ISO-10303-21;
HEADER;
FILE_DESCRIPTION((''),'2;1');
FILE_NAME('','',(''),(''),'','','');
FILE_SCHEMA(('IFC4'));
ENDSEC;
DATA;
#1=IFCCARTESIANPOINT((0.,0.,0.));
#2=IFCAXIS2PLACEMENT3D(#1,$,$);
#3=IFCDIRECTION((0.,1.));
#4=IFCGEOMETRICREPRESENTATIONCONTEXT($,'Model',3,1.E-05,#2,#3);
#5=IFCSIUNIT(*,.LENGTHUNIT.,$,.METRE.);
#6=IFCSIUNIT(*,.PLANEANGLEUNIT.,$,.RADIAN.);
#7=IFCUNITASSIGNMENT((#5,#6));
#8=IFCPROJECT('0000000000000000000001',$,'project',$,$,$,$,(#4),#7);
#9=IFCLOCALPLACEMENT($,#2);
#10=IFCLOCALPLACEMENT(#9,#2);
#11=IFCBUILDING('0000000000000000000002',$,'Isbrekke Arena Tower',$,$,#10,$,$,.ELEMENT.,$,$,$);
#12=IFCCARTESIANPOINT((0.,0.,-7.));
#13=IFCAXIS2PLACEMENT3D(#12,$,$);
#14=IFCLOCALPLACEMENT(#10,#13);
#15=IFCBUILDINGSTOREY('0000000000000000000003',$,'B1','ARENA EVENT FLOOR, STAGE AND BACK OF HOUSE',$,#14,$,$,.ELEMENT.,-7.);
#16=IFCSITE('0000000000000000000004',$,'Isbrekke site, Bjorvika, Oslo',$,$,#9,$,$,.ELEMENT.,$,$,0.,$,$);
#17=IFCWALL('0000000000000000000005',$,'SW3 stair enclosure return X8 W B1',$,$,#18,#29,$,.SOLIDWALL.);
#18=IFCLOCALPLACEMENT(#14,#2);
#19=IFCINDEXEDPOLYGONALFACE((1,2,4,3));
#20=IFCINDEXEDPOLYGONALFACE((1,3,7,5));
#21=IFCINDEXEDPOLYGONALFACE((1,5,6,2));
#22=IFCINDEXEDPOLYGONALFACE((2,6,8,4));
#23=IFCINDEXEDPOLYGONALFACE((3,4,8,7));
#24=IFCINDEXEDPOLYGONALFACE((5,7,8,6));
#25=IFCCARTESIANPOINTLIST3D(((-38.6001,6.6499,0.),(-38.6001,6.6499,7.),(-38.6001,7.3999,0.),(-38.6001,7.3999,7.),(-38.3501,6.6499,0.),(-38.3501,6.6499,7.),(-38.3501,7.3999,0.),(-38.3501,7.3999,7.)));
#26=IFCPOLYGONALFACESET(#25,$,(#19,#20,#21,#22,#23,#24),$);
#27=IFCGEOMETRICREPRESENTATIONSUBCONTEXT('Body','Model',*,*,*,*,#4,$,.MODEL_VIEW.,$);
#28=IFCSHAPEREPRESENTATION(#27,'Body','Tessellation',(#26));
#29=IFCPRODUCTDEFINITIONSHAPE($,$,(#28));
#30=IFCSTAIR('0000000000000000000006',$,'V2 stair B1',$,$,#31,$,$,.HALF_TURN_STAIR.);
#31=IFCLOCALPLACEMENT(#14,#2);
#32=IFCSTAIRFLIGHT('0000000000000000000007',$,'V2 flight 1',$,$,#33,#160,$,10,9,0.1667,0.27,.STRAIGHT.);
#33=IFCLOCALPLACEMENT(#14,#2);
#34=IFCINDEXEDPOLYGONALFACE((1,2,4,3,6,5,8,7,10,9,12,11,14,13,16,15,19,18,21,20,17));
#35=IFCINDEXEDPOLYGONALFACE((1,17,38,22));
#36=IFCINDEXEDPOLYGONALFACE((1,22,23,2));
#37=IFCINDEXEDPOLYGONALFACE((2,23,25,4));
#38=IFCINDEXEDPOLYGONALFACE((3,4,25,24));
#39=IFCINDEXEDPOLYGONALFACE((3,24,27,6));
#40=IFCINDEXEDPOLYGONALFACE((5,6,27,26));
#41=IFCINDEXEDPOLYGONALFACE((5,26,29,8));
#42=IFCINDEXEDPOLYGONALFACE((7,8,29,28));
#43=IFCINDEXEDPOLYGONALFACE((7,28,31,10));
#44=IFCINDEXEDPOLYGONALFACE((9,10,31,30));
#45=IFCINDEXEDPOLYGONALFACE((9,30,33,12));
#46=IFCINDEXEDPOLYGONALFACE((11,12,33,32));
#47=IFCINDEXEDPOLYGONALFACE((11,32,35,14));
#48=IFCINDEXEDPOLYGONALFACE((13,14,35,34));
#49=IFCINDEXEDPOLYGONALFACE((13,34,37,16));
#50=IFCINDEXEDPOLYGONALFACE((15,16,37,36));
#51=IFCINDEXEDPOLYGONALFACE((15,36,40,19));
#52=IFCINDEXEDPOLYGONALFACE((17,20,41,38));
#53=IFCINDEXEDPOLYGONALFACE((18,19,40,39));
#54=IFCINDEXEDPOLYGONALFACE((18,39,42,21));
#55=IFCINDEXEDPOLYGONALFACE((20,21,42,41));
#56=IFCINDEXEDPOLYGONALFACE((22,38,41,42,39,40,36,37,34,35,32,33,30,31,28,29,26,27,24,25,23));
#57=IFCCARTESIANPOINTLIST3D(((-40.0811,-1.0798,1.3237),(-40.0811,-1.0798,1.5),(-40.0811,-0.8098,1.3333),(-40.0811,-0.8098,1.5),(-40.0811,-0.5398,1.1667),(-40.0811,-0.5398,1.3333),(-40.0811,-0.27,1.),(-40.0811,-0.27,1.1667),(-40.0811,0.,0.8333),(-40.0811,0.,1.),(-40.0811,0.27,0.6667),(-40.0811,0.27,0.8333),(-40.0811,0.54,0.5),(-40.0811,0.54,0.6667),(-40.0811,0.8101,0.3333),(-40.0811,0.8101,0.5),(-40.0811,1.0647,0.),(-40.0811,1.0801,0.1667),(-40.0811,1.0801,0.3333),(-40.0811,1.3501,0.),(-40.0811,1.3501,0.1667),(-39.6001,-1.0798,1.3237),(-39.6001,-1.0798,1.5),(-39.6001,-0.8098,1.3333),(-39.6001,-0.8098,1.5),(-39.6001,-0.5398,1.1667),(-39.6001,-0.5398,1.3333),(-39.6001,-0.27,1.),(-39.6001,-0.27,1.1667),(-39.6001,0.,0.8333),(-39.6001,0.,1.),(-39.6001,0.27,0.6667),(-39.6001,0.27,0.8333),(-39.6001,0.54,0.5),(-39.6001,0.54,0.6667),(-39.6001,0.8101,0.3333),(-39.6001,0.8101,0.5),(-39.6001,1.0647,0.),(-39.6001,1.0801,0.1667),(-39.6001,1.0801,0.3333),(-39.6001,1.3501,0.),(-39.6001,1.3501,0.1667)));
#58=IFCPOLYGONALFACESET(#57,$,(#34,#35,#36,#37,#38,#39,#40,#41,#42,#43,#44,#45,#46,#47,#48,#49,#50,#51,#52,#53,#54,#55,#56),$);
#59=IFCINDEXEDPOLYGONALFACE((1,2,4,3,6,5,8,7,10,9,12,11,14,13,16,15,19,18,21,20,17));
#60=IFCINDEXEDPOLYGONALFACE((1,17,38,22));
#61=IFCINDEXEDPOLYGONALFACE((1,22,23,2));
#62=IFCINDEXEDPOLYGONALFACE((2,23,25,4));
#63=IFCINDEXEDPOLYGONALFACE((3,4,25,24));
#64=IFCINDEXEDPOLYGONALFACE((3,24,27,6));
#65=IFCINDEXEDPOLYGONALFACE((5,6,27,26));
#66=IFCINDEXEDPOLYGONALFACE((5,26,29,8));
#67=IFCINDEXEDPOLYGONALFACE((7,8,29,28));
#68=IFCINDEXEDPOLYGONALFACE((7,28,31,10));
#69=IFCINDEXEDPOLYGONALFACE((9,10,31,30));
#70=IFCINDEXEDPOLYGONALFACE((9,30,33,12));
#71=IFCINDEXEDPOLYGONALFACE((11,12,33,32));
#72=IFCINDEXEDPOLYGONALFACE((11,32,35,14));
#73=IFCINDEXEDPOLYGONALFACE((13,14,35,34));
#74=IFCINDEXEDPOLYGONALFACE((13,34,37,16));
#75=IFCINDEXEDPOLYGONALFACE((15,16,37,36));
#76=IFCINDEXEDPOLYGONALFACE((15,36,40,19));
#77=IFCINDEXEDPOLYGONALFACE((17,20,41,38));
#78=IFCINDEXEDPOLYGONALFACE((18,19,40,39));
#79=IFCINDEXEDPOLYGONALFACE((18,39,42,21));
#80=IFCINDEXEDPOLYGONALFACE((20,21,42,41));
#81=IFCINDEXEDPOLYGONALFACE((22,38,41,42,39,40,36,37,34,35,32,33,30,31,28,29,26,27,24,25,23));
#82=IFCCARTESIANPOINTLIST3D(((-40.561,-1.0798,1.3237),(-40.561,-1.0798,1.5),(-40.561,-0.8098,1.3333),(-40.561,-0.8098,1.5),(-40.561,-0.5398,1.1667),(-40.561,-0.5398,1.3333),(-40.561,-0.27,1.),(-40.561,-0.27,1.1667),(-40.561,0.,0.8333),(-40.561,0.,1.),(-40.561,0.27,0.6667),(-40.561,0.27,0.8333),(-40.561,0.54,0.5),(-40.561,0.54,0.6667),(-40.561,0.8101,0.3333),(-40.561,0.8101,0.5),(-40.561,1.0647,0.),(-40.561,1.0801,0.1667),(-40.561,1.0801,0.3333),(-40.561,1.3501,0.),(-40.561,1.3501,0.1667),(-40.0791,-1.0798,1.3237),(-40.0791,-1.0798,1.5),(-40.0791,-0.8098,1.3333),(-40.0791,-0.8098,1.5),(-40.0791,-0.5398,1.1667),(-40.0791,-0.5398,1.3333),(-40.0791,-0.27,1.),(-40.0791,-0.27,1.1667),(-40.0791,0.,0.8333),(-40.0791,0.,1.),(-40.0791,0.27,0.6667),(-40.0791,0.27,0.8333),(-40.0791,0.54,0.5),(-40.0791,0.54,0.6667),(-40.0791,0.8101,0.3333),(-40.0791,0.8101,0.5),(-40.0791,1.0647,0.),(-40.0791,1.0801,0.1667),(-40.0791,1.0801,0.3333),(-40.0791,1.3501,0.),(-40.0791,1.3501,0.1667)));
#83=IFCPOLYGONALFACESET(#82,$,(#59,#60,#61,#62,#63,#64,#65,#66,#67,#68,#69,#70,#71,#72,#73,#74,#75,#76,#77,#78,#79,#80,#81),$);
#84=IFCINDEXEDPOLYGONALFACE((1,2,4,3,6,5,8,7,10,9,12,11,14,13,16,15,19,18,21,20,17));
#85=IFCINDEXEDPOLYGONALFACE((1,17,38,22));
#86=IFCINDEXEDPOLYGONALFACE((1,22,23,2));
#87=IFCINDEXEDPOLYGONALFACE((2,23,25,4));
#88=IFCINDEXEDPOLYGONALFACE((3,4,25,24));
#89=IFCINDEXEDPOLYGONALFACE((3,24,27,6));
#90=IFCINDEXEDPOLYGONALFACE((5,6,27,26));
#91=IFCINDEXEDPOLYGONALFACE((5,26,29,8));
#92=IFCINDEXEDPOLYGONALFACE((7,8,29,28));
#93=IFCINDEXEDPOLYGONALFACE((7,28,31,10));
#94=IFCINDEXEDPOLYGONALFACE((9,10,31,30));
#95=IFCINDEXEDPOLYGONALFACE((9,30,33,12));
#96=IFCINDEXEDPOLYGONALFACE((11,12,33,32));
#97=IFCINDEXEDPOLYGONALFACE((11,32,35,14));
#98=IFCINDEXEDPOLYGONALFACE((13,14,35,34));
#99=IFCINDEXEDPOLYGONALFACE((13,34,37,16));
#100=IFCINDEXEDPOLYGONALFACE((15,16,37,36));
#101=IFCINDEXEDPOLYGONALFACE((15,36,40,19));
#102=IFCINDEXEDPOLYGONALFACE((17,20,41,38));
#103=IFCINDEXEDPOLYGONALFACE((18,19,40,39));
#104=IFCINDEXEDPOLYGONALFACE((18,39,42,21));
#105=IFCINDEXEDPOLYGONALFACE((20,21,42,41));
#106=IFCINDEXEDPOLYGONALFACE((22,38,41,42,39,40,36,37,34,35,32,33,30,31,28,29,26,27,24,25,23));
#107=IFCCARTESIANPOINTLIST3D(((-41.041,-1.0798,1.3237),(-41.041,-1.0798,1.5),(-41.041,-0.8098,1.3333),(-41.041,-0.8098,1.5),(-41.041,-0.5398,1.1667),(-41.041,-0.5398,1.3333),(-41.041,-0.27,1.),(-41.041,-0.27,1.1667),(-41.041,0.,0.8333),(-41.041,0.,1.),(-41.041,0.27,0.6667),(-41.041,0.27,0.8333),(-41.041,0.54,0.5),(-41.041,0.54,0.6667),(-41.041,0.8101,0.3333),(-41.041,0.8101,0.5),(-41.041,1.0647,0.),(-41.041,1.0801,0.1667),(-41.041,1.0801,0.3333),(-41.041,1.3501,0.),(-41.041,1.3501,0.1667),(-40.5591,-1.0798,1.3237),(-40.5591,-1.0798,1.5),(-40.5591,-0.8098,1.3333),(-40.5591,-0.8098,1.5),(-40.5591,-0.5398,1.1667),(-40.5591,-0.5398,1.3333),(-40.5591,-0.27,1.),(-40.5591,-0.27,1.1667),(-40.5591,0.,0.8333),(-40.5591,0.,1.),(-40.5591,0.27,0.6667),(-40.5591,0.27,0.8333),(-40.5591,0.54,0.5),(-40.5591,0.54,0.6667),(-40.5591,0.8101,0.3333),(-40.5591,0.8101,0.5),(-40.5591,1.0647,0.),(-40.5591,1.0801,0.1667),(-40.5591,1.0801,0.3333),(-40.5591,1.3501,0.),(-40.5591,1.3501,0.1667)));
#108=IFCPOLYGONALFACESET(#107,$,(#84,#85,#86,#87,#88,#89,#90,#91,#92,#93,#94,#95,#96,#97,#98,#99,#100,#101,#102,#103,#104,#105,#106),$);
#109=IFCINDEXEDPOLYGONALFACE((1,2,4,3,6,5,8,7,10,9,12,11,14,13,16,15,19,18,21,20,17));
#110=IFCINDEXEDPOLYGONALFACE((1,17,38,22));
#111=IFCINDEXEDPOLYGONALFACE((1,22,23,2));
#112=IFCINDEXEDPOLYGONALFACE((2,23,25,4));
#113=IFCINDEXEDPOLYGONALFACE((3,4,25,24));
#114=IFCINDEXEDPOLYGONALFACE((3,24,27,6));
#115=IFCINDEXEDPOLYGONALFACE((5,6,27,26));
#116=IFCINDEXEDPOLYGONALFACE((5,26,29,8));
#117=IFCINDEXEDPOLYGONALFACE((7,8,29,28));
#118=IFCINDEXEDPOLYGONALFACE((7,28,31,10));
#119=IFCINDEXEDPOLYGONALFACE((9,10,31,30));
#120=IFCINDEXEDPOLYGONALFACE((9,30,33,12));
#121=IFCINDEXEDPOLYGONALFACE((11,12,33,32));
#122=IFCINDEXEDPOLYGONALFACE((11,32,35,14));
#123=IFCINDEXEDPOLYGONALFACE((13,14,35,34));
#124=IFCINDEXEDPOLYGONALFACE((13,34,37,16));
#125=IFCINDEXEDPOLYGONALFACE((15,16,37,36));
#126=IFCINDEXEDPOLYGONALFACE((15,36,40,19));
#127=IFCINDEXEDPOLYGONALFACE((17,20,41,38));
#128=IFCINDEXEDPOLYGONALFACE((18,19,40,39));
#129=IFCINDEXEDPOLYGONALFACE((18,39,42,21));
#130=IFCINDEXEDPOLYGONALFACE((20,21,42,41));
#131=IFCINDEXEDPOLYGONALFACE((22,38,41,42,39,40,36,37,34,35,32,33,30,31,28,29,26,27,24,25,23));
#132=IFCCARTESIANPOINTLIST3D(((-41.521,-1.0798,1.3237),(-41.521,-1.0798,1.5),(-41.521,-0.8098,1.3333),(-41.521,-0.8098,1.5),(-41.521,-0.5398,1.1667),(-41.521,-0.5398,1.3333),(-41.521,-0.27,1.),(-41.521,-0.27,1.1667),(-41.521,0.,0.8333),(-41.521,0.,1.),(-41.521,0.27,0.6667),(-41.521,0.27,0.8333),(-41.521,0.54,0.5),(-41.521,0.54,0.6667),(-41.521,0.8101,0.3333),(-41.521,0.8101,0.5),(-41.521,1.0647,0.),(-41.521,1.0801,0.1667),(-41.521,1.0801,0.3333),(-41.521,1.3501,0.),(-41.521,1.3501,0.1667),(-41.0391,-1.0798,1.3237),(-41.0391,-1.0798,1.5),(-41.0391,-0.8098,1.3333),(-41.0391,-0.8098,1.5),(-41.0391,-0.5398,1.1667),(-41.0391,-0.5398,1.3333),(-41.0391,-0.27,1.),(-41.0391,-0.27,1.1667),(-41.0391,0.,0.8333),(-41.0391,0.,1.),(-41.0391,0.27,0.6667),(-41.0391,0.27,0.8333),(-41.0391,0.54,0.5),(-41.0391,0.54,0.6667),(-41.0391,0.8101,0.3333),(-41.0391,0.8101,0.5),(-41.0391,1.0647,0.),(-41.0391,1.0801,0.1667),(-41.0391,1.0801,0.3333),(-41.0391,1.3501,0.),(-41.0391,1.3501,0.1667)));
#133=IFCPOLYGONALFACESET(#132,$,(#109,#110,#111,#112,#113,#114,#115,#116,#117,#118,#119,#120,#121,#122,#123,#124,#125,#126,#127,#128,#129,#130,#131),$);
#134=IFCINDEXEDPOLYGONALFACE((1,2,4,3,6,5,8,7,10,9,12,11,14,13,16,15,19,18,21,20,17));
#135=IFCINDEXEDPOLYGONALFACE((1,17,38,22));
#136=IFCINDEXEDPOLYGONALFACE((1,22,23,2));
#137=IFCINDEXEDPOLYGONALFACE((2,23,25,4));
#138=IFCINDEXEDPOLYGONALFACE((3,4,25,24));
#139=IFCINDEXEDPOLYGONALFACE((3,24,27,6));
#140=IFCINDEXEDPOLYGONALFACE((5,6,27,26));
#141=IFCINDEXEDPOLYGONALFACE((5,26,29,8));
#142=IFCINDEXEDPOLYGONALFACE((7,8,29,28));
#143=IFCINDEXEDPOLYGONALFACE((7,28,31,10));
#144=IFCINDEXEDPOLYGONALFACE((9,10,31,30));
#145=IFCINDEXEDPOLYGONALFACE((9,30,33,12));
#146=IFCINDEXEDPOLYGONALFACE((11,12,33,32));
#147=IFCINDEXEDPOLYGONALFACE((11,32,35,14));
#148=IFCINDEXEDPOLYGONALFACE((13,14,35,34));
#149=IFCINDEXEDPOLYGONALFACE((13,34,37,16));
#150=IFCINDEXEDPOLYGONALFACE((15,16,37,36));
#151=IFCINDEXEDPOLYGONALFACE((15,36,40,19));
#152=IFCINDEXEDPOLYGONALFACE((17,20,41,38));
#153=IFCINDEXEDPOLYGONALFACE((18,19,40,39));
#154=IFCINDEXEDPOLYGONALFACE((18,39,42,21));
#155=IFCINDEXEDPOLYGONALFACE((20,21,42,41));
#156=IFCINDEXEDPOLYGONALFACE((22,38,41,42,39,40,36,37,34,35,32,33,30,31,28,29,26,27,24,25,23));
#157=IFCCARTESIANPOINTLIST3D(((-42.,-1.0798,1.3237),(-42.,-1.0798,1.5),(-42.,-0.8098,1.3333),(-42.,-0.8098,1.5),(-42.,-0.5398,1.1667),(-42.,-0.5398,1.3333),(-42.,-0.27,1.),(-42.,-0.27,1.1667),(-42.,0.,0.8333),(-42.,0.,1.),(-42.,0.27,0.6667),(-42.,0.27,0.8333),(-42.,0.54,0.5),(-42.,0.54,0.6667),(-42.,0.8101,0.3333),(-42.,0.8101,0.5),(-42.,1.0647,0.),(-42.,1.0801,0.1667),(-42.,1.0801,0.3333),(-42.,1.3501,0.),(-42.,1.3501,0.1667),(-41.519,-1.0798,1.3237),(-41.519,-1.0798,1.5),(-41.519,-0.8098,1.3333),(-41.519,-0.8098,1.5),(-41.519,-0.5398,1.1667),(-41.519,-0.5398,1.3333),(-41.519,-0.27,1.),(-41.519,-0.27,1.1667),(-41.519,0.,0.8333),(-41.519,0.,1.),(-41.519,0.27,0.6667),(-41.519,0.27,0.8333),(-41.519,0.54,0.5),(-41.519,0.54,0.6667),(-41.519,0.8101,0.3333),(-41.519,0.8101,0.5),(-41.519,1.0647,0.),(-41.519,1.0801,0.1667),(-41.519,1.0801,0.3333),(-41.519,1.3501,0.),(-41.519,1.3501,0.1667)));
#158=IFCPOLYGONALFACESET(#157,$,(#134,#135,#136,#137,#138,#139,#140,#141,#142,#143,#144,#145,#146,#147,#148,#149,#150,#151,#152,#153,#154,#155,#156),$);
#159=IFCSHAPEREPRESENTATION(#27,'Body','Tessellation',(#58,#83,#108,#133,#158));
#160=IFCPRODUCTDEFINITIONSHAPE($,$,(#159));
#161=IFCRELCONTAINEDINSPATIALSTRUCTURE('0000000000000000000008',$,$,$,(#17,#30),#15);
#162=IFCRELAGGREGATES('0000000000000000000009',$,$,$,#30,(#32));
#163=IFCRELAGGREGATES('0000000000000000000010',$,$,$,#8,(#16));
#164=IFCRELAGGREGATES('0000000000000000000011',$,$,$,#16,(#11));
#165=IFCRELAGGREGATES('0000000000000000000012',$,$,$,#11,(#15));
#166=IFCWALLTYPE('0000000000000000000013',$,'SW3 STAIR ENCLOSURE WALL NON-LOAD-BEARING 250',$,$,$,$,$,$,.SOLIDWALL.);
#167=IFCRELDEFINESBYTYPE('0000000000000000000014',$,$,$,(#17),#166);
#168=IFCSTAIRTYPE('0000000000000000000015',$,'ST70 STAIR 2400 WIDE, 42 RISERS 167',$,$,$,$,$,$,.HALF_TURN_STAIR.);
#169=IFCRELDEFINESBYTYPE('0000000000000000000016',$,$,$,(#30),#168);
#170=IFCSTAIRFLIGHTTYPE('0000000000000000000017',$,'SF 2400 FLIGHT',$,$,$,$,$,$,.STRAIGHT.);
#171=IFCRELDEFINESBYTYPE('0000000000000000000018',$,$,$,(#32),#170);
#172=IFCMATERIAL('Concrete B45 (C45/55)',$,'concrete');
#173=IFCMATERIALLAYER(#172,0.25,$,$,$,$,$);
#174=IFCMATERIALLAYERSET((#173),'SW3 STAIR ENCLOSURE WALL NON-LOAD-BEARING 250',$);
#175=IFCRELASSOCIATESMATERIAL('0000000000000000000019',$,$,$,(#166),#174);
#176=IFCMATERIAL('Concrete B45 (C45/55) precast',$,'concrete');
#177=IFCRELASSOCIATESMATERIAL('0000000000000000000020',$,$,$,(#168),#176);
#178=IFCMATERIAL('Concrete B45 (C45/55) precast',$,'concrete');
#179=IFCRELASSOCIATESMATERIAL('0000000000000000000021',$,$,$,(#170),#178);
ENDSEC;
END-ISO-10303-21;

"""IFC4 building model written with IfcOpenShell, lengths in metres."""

from ifc_helpers import new_model, si_unit, direction, frame, frame_2d, origin, place, context, subcontext, project, spatial, polyline, rectangle, outline, extrude, material, layer, layer_set, type_object, element, aggregate, save


model = new_model("IFC4")

# Units and contexts
model_context = context("Model", 3, precision=1e-05, world=origin(), true_north=direction((0.0, 1.0)))
body_context = subcontext(model_context, "Body", "Model", "MODEL_VIEW")
ifc_project = project(units=[si_unit("LENGTHUNIT", "METRE"), si_unit("PLANEANGLEUNIT", "RADIAN")], contexts=[model_context])

# Site, building, storey
site_placement = place(None, origin())
site = spatial("IfcSite", under=ifc_project, at=site_placement, Name="Isbrekke site, Bjorvika, Oslo", CompositionType="ELEMENT", RefElevation=0.0)
building_placement = place(site_placement, origin())
building = spatial("IfcBuilding", under=site, at=building_placement, Name="Isbrekke Arena Tower", CompositionType="ELEMENT")
storey_placement = place(building_placement, frame((0.0, 0.0, -7.0)))
storey = spatial("IfcBuildingStorey", under=building, at=storey_placement, Name="B1", Description="ARENA EVENT FLOOR, STAGE AND BACK OF HOUSE", CompositionType="ELEMENT", Elevation=-7.0)

# Wall
ifc_material_1 = material(Name="Concrete B45 (C45/55)", Category="concrete")
ifc_layer_1 = layer(ifc_material_1, 0.25)
ifc_layer_set_1 = layer_set([ifc_layer_1], Name="SW3 STAIR ENCLOSURE WALL NON-LOAD-BEARING 250")
wall_type_1 = type_object("IfcWallType", Name="SW3 STAIR ENCLOSURE WALL NON-LOAD-BEARING 250", PredefinedType="SOLIDWALL", material=ifc_layer_set_1)
wall_1_placement = place(storey_placement, frame((-38.4751, 7.3999, 0.0), z_axis=(0.0, 0.0, 1.0), x_axis=(0.0, -1.0, 0.0)))
element("IfcWall", 1, at=wall_1_placement, inside=storey, type_object=wall_type_1, Name="SW3 stair enclosure return X8 W B1", PredefinedType="SOLIDWALL", context=body_context, shape_type="SweptSolid", body=[
    extrude(rectangle(XDim=0.75, YDim=0.25, at=frame_2d((0.375, 0.0))), origin(), (0.0, 0.0, 1.0), 7.0),
])

# Stair, stair flight
ifc_material_2 = material(Name="Concrete B45 (C45/55) precast", Category="concrete")
stair_type = type_object("IfcStairType", Name="ST70 STAIR 2400 WIDE, 42 RISERS 167", PredefinedType="HALF_TURN_STAIR", material=ifc_material_2)
stair_placement = place(storey_placement, origin())
stair = element("IfcStair", 2, at=stair_placement, inside=storey, type_object=stair_type, Name="V2 stair B1", PredefinedType="HALF_TURN_STAIR")
ifc_material_3 = material(Name="Concrete B45 (C45/55) precast", Category="concrete")
stair_flight_type = type_object("IfcStairFlightType", Name="SF 2400 FLIGHT", PredefinedType="STRAIGHT", material=ifc_material_3)
stair_flight_1_placement = place(storey_placement, frame((-40.8, 1.3501, 0.0), z_axis=(0.0, 0.0, 1.0), x_axis=(0.0, -1.0, 0.0)))
stair_flight_1 = element("IfcStairFlight", 3, at=stair_flight_1_placement, type_object=stair_flight_type, Name="V2 flight 1", NumberOfRisers=10, NumberOfTreads=9, PredefinedType="STRAIGHT", RiserHeight=0.1667, TreadLength=0.27, context=body_context, shape_type="SweptSolid", body=[
    extrude(outline(polyline([(0.0, 0.0), (0.0, 0.1667), (0.27, 0.1667), (0.27, 0.3333), (0.54, 0.3333), (0.54, 0.5), (0.8101, 0.5), (0.8101, 0.6667), (1.0801, 0.6667), (1.0801, 0.8333), (1.3501, 0.8333), (1.3501, 1.0), (1.6201, 1.0), (1.6201, 1.1667), (1.8899, 1.1667), (1.8899, 1.3333), (2.1599, 1.3333), (2.1599, 1.5), (2.4299, 1.5), (2.4299, 1.6667), (2.4299, 1.3237), (0.2854, 0.0), (0.0, 0.0)])), frame((0.0, 1.2, 0.0), z_axis=(0.0, -1.0, 0.0), x_axis=(1.0, 0.0, 0.0)), (0.0, 0.0, 1.0), 0.481),
    extrude(outline(polyline([(0.0, 0.0), (0.0, 0.1667), (0.27, 0.1667), (0.27, 0.3333), (0.54, 0.3333), (0.54, 0.5), (0.8101, 0.5), (0.8101, 0.6667), (1.0801, 0.6667), (1.0801, 0.8333), (1.3501, 0.8333), (1.3501, 1.0), (1.6201, 1.0), (1.6201, 1.1667), (1.8899, 1.1667), (1.8899, 1.3333), (2.1599, 1.3333), (2.1599, 1.5), (2.4299, 1.5), (2.4299, 1.6667), (2.4299, 1.3237), (0.2854, 0.0), (0.0, 0.0)])), frame((0.0, 0.7209, 0.0), z_axis=(0.0, -1.0, 0.0), x_axis=(1.0, 0.0, 0.0)), (0.0, 0.0, 1.0), 0.4819),
    extrude(outline(polyline([(0.0, 0.0), (0.0, 0.1667), (0.27, 0.1667), (0.27, 0.3333), (0.54, 0.3333), (0.54, 0.5), (0.8101, 0.5), (0.8101, 0.6667), (1.0801, 0.6667), (1.0801, 0.8333), (1.3501, 0.8333), (1.3501, 1.0), (1.6201, 1.0), (1.6201, 1.1667), (1.8899, 1.1667), (1.8899, 1.3333), (2.1599, 1.3333), (2.1599, 1.5), (2.4299, 1.5), (2.4299, 1.6667), (2.4299, 1.3237), (0.2854, 0.0), (0.0, 0.0)])), frame((0.0, 0.241, 0.0), z_axis=(0.0, -1.0, 0.0), x_axis=(1.0, 0.0, 0.0)), (0.0, 0.0, 1.0), 0.4819),
    extrude(outline(polyline([(0.0, 0.0), (0.0, 0.1667), (0.27, 0.1667), (0.27, 0.3333), (0.54, 0.3333), (0.54, 0.5), (0.8101, 0.5), (0.8101, 0.6667), (1.0801, 0.6667), (1.0801, 0.8333), (1.3501, 0.8333), (1.3501, 1.0), (1.6201, 1.0), (1.6201, 1.1667), (1.8899, 1.1667), (1.8899, 1.3333), (2.1599, 1.3333), (2.1599, 1.5), (2.4299, 1.5), (2.4299, 1.6667), (2.4299, 1.3237), (0.2854, 0.0), (0.0, 0.0)])), frame((0.0, -0.239, 0.0), z_axis=(0.0, -1.0, 0.0), x_axis=(1.0, 0.0, 0.0)), (0.0, 0.0, 1.0), 0.4819),
    extrude(outline(polyline([(0.0, 0.0), (0.0, 0.1667), (0.27, 0.1667), (0.27, 0.3333), (0.54, 0.3333), (0.54, 0.5), (0.8101, 0.5), (0.8101, 0.6667), (1.0801, 0.6667), (1.0801, 0.8333), (1.3501, 0.8333), (1.3501, 1.0), (1.6201, 1.0), (1.6201, 1.1667), (1.8899, 1.1667), (1.8899, 1.3333), (2.1599, 1.3333), (2.1599, 1.5), (2.4299, 1.5), (2.4299, 1.6667), (2.4299, 1.3237), (0.2854, 0.0), (0.0, 0.0)])), frame((0.0, -0.719, 0.0), z_axis=(0.0, -1.0, 0.0), x_axis=(1.0, 0.0, 0.0)), (0.0, 0.0, 1.0), 0.481),
])
aggregate(stair, [stair_flight_1])

save(model, "model.ifc")
